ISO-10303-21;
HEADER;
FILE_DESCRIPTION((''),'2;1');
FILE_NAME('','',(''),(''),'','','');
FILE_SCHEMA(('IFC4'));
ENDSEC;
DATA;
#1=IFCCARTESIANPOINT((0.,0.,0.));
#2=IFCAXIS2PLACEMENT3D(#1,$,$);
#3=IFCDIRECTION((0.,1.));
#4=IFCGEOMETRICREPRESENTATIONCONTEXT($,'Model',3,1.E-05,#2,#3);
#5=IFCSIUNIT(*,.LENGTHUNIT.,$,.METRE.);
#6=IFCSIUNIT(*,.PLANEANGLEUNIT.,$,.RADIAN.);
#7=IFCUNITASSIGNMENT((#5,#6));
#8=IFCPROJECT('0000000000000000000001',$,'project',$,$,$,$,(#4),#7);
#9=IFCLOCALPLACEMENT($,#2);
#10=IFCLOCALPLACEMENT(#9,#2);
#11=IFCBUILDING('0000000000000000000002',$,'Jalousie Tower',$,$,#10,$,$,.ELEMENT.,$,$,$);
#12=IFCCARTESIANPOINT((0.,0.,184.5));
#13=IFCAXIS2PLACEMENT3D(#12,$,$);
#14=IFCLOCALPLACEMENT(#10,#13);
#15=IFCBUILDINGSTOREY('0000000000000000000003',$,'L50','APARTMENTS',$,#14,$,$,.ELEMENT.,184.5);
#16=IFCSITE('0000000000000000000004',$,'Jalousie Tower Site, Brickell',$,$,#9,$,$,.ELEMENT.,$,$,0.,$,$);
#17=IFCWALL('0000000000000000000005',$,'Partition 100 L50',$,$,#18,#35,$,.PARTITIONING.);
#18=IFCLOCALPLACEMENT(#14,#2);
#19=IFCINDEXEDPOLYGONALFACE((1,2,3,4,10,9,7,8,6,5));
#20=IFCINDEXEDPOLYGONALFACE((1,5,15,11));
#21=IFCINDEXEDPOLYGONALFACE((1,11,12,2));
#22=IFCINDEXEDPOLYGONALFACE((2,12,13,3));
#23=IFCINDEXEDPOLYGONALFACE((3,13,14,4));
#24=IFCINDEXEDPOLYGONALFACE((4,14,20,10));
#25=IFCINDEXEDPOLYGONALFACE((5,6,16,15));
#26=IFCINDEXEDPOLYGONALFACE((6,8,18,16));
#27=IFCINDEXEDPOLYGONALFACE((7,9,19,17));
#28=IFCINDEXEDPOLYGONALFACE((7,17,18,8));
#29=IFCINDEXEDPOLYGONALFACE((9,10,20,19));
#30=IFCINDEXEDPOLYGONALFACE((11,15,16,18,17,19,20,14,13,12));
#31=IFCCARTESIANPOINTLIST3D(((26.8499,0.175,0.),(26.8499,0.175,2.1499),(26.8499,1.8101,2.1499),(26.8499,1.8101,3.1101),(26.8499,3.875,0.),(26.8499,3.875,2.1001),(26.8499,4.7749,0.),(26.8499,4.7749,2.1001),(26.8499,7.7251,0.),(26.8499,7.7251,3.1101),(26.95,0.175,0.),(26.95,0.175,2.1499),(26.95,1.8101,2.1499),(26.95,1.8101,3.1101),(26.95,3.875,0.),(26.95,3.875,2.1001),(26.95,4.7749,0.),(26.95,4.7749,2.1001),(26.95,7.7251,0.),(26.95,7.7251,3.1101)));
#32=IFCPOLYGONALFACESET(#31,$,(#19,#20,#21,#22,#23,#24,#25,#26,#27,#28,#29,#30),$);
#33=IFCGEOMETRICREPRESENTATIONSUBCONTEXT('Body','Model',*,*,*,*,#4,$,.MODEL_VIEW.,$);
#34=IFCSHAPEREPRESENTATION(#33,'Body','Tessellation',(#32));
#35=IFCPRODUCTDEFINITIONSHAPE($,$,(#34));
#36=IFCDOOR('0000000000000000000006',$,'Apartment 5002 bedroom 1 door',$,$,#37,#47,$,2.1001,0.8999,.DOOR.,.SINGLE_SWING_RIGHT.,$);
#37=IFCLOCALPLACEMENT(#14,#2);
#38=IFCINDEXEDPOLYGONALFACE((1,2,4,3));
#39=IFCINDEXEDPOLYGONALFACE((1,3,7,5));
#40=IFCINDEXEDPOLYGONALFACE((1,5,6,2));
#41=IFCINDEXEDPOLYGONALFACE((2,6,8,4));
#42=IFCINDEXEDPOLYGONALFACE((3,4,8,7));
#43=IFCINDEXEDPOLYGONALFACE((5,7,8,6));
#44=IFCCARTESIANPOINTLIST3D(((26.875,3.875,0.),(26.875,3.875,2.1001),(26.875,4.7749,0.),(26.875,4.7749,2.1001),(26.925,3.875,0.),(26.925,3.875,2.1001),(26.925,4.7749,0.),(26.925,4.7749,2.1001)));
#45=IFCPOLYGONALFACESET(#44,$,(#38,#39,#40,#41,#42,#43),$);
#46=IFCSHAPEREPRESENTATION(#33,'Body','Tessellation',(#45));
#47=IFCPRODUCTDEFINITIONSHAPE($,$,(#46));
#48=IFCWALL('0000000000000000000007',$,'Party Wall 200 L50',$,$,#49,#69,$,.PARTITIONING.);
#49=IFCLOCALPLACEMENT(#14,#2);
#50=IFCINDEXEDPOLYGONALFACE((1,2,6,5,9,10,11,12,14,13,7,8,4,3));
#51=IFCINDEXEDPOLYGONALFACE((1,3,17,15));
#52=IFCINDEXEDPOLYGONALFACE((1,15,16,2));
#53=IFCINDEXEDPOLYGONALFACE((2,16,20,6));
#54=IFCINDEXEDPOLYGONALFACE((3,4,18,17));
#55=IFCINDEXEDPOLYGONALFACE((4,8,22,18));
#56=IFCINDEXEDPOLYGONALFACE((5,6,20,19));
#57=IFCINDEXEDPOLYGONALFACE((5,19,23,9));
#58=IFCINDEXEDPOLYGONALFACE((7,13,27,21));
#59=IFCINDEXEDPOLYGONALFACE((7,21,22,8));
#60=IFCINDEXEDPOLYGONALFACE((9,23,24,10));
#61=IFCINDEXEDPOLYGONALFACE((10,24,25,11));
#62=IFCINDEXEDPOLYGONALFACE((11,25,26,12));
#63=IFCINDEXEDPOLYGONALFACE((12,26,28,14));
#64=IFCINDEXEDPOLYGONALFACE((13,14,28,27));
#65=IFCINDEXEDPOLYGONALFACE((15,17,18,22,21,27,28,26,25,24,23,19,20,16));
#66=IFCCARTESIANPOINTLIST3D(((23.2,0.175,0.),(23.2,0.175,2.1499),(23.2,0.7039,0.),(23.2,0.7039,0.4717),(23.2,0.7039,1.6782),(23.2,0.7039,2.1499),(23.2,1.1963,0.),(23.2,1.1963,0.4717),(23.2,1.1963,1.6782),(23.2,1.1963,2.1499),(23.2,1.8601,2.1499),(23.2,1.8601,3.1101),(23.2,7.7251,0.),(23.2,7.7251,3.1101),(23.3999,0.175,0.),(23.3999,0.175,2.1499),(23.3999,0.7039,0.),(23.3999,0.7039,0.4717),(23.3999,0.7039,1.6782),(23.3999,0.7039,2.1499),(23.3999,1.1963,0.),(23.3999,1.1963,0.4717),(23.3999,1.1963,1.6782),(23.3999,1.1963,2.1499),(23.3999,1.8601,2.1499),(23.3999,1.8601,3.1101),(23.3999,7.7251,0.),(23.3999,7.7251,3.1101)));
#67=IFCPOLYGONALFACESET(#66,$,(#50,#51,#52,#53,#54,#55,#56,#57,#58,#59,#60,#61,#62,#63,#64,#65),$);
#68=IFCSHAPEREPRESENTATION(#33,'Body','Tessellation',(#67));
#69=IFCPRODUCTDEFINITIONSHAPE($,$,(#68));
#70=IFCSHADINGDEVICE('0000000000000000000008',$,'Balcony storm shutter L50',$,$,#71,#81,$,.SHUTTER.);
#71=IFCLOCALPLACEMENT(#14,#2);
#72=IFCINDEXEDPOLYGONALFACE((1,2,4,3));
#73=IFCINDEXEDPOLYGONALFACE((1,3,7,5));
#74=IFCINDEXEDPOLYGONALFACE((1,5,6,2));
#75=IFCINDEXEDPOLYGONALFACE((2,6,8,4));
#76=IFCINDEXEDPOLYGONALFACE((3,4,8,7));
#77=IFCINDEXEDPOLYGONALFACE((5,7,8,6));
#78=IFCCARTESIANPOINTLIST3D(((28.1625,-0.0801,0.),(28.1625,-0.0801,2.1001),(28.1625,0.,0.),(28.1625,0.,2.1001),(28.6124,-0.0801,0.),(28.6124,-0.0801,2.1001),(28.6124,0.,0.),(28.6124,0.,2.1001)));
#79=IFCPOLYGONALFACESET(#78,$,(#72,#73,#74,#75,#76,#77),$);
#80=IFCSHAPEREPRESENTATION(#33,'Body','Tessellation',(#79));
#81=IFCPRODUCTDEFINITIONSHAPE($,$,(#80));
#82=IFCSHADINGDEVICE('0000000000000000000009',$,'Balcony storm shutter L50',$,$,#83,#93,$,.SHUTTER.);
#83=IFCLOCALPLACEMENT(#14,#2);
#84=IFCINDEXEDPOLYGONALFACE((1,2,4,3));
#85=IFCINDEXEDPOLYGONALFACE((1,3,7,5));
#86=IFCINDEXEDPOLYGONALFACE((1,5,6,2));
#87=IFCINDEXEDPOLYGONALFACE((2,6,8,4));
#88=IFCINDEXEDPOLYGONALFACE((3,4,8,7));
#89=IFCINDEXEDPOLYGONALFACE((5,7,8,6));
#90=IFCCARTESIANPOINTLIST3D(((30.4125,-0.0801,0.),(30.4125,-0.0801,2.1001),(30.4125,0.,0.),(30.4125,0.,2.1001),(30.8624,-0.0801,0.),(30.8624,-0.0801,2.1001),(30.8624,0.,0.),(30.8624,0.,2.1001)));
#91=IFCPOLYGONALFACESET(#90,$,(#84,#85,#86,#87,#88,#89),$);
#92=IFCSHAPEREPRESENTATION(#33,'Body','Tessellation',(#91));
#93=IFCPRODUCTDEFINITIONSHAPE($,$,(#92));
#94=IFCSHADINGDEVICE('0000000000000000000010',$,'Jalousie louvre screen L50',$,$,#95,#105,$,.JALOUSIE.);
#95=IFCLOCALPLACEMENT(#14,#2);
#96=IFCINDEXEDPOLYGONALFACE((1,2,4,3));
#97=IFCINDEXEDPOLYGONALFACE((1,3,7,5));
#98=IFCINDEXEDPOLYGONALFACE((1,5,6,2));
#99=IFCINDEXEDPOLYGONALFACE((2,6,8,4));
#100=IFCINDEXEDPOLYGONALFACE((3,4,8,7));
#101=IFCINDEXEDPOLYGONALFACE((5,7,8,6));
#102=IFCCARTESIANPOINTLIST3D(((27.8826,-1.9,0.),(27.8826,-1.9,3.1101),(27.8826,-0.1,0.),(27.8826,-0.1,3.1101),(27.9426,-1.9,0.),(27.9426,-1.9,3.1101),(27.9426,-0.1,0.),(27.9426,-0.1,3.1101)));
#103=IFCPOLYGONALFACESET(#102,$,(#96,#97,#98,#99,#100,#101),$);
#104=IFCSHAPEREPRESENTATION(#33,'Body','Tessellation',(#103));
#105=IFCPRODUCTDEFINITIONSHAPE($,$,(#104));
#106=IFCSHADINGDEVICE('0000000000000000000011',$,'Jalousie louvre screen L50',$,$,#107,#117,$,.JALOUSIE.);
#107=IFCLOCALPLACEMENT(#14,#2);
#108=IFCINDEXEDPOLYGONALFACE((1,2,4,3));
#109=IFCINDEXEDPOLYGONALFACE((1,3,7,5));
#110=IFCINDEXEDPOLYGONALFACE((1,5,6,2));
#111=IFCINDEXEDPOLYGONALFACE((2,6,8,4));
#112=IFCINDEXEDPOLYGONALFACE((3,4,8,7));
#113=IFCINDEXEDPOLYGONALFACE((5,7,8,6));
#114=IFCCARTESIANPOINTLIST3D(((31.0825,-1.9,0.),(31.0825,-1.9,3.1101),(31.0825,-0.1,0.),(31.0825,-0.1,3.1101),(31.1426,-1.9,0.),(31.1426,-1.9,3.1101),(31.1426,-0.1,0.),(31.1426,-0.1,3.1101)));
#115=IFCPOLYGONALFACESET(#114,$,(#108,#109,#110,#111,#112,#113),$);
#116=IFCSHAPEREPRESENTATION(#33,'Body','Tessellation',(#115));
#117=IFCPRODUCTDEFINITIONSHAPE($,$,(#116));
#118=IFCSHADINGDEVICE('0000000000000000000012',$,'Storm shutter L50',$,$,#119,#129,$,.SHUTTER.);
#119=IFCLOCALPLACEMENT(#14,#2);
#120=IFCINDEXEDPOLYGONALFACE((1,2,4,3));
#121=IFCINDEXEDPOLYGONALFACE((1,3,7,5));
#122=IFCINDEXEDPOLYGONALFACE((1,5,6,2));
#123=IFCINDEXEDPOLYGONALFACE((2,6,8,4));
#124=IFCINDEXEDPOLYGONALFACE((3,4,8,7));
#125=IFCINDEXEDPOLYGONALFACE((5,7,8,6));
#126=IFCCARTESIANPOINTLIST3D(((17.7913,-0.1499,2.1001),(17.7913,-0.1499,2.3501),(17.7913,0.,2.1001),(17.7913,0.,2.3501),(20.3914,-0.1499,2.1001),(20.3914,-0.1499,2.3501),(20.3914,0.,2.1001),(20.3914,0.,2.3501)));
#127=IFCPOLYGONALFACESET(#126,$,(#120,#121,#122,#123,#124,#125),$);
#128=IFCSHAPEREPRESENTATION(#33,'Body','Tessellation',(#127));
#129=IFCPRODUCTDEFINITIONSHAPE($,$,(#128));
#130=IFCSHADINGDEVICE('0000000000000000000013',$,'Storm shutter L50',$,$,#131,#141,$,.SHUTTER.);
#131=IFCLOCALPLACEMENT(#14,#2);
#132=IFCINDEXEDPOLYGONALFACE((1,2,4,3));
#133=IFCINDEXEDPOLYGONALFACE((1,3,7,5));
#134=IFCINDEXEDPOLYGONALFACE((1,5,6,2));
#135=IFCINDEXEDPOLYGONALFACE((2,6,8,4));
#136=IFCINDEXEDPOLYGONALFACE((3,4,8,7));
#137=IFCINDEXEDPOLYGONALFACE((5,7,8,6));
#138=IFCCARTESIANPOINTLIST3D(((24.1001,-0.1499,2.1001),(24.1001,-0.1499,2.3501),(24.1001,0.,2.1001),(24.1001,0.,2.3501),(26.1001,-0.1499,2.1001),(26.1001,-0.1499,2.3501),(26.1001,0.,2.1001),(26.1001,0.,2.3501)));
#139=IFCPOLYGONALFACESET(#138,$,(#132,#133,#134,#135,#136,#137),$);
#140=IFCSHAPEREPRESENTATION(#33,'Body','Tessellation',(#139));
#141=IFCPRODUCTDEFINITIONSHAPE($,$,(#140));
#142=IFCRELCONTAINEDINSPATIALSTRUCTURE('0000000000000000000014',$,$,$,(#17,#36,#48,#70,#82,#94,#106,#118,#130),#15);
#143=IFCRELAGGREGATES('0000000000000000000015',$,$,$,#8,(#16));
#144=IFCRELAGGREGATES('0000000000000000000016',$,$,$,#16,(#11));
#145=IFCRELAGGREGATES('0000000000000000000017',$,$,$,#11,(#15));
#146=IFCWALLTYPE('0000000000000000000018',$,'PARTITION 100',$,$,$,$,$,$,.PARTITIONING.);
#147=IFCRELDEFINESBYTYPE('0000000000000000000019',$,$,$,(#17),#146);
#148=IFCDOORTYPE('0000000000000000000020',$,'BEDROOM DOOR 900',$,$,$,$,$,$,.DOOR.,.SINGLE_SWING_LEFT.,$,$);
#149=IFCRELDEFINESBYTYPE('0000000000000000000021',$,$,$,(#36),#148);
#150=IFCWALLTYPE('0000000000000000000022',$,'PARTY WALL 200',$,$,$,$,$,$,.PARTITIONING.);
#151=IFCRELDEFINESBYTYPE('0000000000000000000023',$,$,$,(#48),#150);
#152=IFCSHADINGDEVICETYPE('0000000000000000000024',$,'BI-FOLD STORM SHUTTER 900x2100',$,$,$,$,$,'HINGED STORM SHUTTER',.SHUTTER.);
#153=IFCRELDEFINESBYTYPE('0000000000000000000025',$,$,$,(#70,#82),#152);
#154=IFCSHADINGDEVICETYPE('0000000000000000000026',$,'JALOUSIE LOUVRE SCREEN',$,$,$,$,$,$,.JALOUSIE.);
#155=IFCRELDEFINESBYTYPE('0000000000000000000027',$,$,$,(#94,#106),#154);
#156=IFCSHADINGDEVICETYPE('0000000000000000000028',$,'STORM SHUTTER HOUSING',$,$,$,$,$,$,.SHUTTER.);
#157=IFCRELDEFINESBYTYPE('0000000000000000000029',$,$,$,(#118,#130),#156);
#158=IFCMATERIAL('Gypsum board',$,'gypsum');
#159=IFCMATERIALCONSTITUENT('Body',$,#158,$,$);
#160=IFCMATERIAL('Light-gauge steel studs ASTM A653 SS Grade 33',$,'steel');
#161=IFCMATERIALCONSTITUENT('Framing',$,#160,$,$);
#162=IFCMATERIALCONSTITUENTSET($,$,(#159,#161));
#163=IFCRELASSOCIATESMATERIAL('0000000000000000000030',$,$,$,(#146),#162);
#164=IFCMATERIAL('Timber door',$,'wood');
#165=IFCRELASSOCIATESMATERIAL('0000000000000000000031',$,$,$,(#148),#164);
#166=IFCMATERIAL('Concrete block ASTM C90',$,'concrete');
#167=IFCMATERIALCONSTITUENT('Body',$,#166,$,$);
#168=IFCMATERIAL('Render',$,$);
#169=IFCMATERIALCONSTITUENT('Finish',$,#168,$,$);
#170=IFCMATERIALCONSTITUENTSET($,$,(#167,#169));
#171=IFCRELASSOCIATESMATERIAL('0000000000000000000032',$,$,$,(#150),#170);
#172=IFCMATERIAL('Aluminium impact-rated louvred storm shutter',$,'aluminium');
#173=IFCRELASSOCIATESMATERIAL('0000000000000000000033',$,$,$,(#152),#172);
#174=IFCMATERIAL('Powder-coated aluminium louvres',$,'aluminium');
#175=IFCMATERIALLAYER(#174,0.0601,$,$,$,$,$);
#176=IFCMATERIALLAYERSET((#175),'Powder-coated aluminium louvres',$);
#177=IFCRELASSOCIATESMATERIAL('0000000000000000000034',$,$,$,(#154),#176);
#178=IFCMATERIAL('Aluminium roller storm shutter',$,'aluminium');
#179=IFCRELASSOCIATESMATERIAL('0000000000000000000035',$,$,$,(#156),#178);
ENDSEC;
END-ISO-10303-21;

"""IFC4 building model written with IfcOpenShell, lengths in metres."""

from ifc_helpers import new_model, si_unit, direction, frame, frame_2d, origin, origin_2d, place, context, subcontext, project, spatial, polyline, rectangle, outline, extrude, material, layer, layer_set, constituent, constituent_set, type_object, element, fill, save


model = new_model("IFC4")

# Units and contexts
model_context = context("Model", 3, precision=1e-05, world=origin(), true_north=direction((0.0, 1.0)))
body_context = subcontext(model_context, "Body", "Model", "MODEL_VIEW")
ifc_project = project(units=[si_unit("LENGTHUNIT", "METRE"), si_unit("PLANEANGLEUNIT", "RADIAN")], contexts=[model_context])

# Site, building, storey
site_placement = place(None, origin())
site = spatial("IfcSite", under=ifc_project, at=site_placement, Name="Jalousie Tower Site, Brickell", CompositionType="ELEMENT", RefElevation=0.0)
building_placement = place(site_placement, origin())
building = spatial("IfcBuilding", under=site, at=building_placement, Name="Jalousie Tower", CompositionType="ELEMENT")
storey_placement = place(building_placement, frame((0.0, 0.0, 184.5)))
storey = spatial("IfcBuildingStorey", under=building, at=storey_placement, Name="L50", Description="APARTMENTS", CompositionType="ELEMENT", Elevation=184.5)

# Shared definitions
ifc_material_1 = material(Name="Gypsum board", Category="gypsum")
ifc_constituent_1 = constituent(ifc_material_1, Name="Body")
ifc_material_2 = material(Name="Light-gauge steel studs ASTM A653 SS Grade 33", Category="steel")
ifc_constituent_2 = constituent(ifc_material_2, Name="Framing")
ifc_constituent_set_1 = constituent_set(constituents=[ifc_constituent_1, ifc_constituent_2])
wall_type_1 = type_object("IfcWallType", Name="PARTITION 100", PredefinedType="PARTITIONING", material=ifc_constituent_set_1)

# Wall, opening, door
wall_1_placement = place(storey_placement, frame((26.8999, 0.175, 0.0), z_axis=(0.0, 0.0, 1.0), x_axis=(0.0, 1.0, 0.0)))
wall_1 = element("IfcWall", 1, at=wall_1_placement, inside=storey, type_object=wall_type_1, Name="Partition 100 L50", PredefinedType="PARTITIONING", context=body_context, shape_type="SweptSolid", body=[
    extrude(outline(polyline([(0.0, 0.0), (7.55, 0.0), (7.55, 3.1101), (1.635, 3.1101), (1.635, 2.1499), (0.0, 2.1499), (0.0, 3.1101), (0.0, 0.0)])), frame((0.0, 0.05, 0.0), z_axis=(0.0, -1.0, 0.0), x_axis=(1.0, 0.0, 0.0)), (0.0, 0.0, 1.0), 0.1001),
])
opening_1_placement = place(wall_1_placement, frame((3.7, 0.0, 0.0)))
opening_1 = element("IfcOpeningElement", 2, at=opening_1_placement, cuts=wall_1, PredefinedType="OPENING", context=body_context, shape_type="SweptSolid", body=[
    extrude(rectangle(XDim=0.8999, YDim=2.1001, at=frame_2d((0.45, 1.05))), frame((0.0, 0.0601, 0.0), z_axis=(0.0, -1.0, 0.0), x_axis=(1.0, 0.0, 0.0)), (0.0, 0.0, 1.0), 0.1201),
])
ifc_material_3 = material(Name="Timber door", Category="wood")
door_type_1 = type_object("IfcDoorType", Name="BEDROOM DOOR 900", OperationType="SINGLE_SWING_LEFT", PredefinedType="DOOR", material=ifc_material_3)
door_1_placement = place(opening_1_placement, origin())
door_1 = element("IfcDoor", 3, at=door_1_placement, inside=storey, type_object=door_type_1, Name="Apartment 5002 bedroom 1 door", OperationType="SINGLE_SWING_RIGHT", OverallHeight=2.1001, OverallWidth=0.8999, PredefinedType="DOOR", context=body_context, shape_type="SweptSolid", body=[
    extrude(rectangle(XDim=0.8999, YDim=2.1001, at=frame_2d((0.45, 1.05))), frame((0.0, 0.0249, 0.0), z_axis=(0.0, -1.0, 0.0), x_axis=(1.0, 0.0, 0.0)), (0.0, 0.0, 1.0), 0.05),
])
fill(opening_1, door_1)

# Wall
ifc_material_4 = material(Name="Concrete block ASTM C90", Category="concrete")
ifc_constituent_3 = constituent(ifc_material_4, Name="Body")
ifc_material_5 = material(Name="Render")
ifc_constituent_4 = constituent(ifc_material_5, Name="Finish")
ifc_constituent_set_2 = constituent_set(constituents=[ifc_constituent_3, ifc_constituent_4])
wall_type_2 = type_object("IfcWallType", Name="PARTY WALL 200", PredefinedType="PARTITIONING", material=ifc_constituent_set_2)
wall_2_placement = place(storey_placement, frame((23.3, 0.175, 0.0), z_axis=(0.0, 0.0, 1.0), x_axis=(0.0, 1.0, 0.0)))
element("IfcWall", 4, at=wall_2_placement, inside=storey, type_object=wall_type_2, Name="Party Wall 200 L50", PredefinedType="PARTITIONING", context=body_context, shape_type="SweptSolid", body=[
    extrude(outline(polyline([(0.5288, 2.1499), (0.0, 2.1499), (0.0, 0.0), (0.5288, 0.0), (0.5288, 0.4717), (1.0212, 0.4717), (1.0212, 0.0), (7.55, 0.0), (7.55, 3.1101), (1.6851, 3.1101), (1.6851, 2.1499), (1.0212, 2.1499), (1.0212, 1.6782), (0.5288, 1.6782), (0.5288, 2.1499)])), frame((0.0, 0.1001, 0.0), z_axis=(0.0, -1.0, 0.0), x_axis=(1.0, 0.0, 0.0)), (0.0, 0.0, 1.0), 0.2),
])

# Shading devices
ifc_material_6 = material(Name="Aluminium impact-rated louvred storm shutter", Category="aluminium")
shading_device_type_1 = type_object("IfcShadingDeviceType", Name="BI-FOLD STORM SHUTTER 900x2100", ElementType="HINGED STORM SHUTTER", PredefinedType="SHUTTER", material=ifc_material_6)
for number, where, z_axis, x_axis, name in (
    (5, (28.3875, -0.04, 0.0), (0.0, 0.0, 1.0), (1.0, 0.0, 0.0), "Balcony storm shutter L50"),
    (6, (30.6375, -0.04, 0.0), (0.0, 0.0, 1.0), (1.0, 0.0, 0.0), "Balcony storm shutter L50"),
):
    element("IfcShadingDevice", number, at=place(storey_placement, frame(where, z_axis=z_axis, x_axis=x_axis)), inside=storey, type_object=shading_device_type_1, Name=name, PredefinedType="SHUTTER", context=body_context, shape_type="SweptSolid", body=[
        extrude(rectangle(XDim=0.45, YDim=0.0801, at=origin_2d()), origin(), (0.0, 0.0, 1.0), 2.1001),
    ])

# Shading devices
ifc_material_7 = material(Name="Powder-coated aluminium louvres", Category="aluminium")
ifc_layer_1 = layer(ifc_material_7, 0.0601)
ifc_layer_set_1 = layer_set([ifc_layer_1], Name="Powder-coated aluminium louvres")
shading_device_type_2 = type_object("IfcShadingDeviceType", Name="JALOUSIE LOUVRE SCREEN", PredefinedType="JALOUSIE", material=ifc_layer_set_1)
for number, where, z_axis, x_axis, name in (
    (7, (27.9126, -1.0, 0.0), (0.0, 0.0, 1.0), (1.0, 0.0, 0.0), "Jalousie louvre screen L50"),
    (8, (31.1125, -1.0, 0.0), (0.0, 0.0, 1.0), (1.0, 0.0, 0.0), "Jalousie louvre screen L50"),
):
    element("IfcShadingDevice", number, at=place(storey_placement, frame(where, z_axis=z_axis, x_axis=x_axis)), inside=storey, type_object=shading_device_type_2, Name=name, PredefinedType="JALOUSIE", context=body_context, shape_type="SweptSolid", body=[
        extrude(rectangle(XDim=0.0601, YDim=1.8, at=origin_2d()), origin(), (0.0, 0.0, 1.0), 3.1101),
    ])
ifc_material_8 = material(Name="Aluminium roller storm shutter", Category="aluminium")
shading_device_type_3 = type_object("IfcShadingDeviceType", Name="STORM SHUTTER HOUSING", PredefinedType="SHUTTER", material=ifc_material_8)
shading_device_1_placement = place(storey_placement, frame((19.0913, -0.075, 2.1001), z_axis=(0.0, 0.0, 1.0), x_axis=(1.0, 0.0, 0.0)))
element("IfcShadingDevice", 9, at=shading_device_1_placement, inside=storey, type_object=shading_device_type_3, Name="Storm shutter L50", PredefinedType="SHUTTER", context=body_context, shape_type="SweptSolid", body=[
    extrude(rectangle(XDim=2.6001, YDim=0.1499, at=origin_2d()), origin(), (0.0, 0.0, 1.0), 0.25),
])
shading_device_2_placement = place(storey_placement, frame((25.1001, -0.075, 2.1001), z_axis=(0.0, 0.0, 1.0), x_axis=(1.0, 0.0, 0.0)))
element("IfcShadingDevice", 10, at=shading_device_2_placement, inside=storey, type_object=shading_device_type_3, Name="Storm shutter L50", PredefinedType="SHUTTER", context=body_context, shape_type="SweptSolid", body=[
    extrude(rectangle(XDim=2.0, YDim=0.1499, at=origin_2d()), origin(), (0.0, 0.0, 1.0), 0.25),
])

save(model, "model.ifc")
